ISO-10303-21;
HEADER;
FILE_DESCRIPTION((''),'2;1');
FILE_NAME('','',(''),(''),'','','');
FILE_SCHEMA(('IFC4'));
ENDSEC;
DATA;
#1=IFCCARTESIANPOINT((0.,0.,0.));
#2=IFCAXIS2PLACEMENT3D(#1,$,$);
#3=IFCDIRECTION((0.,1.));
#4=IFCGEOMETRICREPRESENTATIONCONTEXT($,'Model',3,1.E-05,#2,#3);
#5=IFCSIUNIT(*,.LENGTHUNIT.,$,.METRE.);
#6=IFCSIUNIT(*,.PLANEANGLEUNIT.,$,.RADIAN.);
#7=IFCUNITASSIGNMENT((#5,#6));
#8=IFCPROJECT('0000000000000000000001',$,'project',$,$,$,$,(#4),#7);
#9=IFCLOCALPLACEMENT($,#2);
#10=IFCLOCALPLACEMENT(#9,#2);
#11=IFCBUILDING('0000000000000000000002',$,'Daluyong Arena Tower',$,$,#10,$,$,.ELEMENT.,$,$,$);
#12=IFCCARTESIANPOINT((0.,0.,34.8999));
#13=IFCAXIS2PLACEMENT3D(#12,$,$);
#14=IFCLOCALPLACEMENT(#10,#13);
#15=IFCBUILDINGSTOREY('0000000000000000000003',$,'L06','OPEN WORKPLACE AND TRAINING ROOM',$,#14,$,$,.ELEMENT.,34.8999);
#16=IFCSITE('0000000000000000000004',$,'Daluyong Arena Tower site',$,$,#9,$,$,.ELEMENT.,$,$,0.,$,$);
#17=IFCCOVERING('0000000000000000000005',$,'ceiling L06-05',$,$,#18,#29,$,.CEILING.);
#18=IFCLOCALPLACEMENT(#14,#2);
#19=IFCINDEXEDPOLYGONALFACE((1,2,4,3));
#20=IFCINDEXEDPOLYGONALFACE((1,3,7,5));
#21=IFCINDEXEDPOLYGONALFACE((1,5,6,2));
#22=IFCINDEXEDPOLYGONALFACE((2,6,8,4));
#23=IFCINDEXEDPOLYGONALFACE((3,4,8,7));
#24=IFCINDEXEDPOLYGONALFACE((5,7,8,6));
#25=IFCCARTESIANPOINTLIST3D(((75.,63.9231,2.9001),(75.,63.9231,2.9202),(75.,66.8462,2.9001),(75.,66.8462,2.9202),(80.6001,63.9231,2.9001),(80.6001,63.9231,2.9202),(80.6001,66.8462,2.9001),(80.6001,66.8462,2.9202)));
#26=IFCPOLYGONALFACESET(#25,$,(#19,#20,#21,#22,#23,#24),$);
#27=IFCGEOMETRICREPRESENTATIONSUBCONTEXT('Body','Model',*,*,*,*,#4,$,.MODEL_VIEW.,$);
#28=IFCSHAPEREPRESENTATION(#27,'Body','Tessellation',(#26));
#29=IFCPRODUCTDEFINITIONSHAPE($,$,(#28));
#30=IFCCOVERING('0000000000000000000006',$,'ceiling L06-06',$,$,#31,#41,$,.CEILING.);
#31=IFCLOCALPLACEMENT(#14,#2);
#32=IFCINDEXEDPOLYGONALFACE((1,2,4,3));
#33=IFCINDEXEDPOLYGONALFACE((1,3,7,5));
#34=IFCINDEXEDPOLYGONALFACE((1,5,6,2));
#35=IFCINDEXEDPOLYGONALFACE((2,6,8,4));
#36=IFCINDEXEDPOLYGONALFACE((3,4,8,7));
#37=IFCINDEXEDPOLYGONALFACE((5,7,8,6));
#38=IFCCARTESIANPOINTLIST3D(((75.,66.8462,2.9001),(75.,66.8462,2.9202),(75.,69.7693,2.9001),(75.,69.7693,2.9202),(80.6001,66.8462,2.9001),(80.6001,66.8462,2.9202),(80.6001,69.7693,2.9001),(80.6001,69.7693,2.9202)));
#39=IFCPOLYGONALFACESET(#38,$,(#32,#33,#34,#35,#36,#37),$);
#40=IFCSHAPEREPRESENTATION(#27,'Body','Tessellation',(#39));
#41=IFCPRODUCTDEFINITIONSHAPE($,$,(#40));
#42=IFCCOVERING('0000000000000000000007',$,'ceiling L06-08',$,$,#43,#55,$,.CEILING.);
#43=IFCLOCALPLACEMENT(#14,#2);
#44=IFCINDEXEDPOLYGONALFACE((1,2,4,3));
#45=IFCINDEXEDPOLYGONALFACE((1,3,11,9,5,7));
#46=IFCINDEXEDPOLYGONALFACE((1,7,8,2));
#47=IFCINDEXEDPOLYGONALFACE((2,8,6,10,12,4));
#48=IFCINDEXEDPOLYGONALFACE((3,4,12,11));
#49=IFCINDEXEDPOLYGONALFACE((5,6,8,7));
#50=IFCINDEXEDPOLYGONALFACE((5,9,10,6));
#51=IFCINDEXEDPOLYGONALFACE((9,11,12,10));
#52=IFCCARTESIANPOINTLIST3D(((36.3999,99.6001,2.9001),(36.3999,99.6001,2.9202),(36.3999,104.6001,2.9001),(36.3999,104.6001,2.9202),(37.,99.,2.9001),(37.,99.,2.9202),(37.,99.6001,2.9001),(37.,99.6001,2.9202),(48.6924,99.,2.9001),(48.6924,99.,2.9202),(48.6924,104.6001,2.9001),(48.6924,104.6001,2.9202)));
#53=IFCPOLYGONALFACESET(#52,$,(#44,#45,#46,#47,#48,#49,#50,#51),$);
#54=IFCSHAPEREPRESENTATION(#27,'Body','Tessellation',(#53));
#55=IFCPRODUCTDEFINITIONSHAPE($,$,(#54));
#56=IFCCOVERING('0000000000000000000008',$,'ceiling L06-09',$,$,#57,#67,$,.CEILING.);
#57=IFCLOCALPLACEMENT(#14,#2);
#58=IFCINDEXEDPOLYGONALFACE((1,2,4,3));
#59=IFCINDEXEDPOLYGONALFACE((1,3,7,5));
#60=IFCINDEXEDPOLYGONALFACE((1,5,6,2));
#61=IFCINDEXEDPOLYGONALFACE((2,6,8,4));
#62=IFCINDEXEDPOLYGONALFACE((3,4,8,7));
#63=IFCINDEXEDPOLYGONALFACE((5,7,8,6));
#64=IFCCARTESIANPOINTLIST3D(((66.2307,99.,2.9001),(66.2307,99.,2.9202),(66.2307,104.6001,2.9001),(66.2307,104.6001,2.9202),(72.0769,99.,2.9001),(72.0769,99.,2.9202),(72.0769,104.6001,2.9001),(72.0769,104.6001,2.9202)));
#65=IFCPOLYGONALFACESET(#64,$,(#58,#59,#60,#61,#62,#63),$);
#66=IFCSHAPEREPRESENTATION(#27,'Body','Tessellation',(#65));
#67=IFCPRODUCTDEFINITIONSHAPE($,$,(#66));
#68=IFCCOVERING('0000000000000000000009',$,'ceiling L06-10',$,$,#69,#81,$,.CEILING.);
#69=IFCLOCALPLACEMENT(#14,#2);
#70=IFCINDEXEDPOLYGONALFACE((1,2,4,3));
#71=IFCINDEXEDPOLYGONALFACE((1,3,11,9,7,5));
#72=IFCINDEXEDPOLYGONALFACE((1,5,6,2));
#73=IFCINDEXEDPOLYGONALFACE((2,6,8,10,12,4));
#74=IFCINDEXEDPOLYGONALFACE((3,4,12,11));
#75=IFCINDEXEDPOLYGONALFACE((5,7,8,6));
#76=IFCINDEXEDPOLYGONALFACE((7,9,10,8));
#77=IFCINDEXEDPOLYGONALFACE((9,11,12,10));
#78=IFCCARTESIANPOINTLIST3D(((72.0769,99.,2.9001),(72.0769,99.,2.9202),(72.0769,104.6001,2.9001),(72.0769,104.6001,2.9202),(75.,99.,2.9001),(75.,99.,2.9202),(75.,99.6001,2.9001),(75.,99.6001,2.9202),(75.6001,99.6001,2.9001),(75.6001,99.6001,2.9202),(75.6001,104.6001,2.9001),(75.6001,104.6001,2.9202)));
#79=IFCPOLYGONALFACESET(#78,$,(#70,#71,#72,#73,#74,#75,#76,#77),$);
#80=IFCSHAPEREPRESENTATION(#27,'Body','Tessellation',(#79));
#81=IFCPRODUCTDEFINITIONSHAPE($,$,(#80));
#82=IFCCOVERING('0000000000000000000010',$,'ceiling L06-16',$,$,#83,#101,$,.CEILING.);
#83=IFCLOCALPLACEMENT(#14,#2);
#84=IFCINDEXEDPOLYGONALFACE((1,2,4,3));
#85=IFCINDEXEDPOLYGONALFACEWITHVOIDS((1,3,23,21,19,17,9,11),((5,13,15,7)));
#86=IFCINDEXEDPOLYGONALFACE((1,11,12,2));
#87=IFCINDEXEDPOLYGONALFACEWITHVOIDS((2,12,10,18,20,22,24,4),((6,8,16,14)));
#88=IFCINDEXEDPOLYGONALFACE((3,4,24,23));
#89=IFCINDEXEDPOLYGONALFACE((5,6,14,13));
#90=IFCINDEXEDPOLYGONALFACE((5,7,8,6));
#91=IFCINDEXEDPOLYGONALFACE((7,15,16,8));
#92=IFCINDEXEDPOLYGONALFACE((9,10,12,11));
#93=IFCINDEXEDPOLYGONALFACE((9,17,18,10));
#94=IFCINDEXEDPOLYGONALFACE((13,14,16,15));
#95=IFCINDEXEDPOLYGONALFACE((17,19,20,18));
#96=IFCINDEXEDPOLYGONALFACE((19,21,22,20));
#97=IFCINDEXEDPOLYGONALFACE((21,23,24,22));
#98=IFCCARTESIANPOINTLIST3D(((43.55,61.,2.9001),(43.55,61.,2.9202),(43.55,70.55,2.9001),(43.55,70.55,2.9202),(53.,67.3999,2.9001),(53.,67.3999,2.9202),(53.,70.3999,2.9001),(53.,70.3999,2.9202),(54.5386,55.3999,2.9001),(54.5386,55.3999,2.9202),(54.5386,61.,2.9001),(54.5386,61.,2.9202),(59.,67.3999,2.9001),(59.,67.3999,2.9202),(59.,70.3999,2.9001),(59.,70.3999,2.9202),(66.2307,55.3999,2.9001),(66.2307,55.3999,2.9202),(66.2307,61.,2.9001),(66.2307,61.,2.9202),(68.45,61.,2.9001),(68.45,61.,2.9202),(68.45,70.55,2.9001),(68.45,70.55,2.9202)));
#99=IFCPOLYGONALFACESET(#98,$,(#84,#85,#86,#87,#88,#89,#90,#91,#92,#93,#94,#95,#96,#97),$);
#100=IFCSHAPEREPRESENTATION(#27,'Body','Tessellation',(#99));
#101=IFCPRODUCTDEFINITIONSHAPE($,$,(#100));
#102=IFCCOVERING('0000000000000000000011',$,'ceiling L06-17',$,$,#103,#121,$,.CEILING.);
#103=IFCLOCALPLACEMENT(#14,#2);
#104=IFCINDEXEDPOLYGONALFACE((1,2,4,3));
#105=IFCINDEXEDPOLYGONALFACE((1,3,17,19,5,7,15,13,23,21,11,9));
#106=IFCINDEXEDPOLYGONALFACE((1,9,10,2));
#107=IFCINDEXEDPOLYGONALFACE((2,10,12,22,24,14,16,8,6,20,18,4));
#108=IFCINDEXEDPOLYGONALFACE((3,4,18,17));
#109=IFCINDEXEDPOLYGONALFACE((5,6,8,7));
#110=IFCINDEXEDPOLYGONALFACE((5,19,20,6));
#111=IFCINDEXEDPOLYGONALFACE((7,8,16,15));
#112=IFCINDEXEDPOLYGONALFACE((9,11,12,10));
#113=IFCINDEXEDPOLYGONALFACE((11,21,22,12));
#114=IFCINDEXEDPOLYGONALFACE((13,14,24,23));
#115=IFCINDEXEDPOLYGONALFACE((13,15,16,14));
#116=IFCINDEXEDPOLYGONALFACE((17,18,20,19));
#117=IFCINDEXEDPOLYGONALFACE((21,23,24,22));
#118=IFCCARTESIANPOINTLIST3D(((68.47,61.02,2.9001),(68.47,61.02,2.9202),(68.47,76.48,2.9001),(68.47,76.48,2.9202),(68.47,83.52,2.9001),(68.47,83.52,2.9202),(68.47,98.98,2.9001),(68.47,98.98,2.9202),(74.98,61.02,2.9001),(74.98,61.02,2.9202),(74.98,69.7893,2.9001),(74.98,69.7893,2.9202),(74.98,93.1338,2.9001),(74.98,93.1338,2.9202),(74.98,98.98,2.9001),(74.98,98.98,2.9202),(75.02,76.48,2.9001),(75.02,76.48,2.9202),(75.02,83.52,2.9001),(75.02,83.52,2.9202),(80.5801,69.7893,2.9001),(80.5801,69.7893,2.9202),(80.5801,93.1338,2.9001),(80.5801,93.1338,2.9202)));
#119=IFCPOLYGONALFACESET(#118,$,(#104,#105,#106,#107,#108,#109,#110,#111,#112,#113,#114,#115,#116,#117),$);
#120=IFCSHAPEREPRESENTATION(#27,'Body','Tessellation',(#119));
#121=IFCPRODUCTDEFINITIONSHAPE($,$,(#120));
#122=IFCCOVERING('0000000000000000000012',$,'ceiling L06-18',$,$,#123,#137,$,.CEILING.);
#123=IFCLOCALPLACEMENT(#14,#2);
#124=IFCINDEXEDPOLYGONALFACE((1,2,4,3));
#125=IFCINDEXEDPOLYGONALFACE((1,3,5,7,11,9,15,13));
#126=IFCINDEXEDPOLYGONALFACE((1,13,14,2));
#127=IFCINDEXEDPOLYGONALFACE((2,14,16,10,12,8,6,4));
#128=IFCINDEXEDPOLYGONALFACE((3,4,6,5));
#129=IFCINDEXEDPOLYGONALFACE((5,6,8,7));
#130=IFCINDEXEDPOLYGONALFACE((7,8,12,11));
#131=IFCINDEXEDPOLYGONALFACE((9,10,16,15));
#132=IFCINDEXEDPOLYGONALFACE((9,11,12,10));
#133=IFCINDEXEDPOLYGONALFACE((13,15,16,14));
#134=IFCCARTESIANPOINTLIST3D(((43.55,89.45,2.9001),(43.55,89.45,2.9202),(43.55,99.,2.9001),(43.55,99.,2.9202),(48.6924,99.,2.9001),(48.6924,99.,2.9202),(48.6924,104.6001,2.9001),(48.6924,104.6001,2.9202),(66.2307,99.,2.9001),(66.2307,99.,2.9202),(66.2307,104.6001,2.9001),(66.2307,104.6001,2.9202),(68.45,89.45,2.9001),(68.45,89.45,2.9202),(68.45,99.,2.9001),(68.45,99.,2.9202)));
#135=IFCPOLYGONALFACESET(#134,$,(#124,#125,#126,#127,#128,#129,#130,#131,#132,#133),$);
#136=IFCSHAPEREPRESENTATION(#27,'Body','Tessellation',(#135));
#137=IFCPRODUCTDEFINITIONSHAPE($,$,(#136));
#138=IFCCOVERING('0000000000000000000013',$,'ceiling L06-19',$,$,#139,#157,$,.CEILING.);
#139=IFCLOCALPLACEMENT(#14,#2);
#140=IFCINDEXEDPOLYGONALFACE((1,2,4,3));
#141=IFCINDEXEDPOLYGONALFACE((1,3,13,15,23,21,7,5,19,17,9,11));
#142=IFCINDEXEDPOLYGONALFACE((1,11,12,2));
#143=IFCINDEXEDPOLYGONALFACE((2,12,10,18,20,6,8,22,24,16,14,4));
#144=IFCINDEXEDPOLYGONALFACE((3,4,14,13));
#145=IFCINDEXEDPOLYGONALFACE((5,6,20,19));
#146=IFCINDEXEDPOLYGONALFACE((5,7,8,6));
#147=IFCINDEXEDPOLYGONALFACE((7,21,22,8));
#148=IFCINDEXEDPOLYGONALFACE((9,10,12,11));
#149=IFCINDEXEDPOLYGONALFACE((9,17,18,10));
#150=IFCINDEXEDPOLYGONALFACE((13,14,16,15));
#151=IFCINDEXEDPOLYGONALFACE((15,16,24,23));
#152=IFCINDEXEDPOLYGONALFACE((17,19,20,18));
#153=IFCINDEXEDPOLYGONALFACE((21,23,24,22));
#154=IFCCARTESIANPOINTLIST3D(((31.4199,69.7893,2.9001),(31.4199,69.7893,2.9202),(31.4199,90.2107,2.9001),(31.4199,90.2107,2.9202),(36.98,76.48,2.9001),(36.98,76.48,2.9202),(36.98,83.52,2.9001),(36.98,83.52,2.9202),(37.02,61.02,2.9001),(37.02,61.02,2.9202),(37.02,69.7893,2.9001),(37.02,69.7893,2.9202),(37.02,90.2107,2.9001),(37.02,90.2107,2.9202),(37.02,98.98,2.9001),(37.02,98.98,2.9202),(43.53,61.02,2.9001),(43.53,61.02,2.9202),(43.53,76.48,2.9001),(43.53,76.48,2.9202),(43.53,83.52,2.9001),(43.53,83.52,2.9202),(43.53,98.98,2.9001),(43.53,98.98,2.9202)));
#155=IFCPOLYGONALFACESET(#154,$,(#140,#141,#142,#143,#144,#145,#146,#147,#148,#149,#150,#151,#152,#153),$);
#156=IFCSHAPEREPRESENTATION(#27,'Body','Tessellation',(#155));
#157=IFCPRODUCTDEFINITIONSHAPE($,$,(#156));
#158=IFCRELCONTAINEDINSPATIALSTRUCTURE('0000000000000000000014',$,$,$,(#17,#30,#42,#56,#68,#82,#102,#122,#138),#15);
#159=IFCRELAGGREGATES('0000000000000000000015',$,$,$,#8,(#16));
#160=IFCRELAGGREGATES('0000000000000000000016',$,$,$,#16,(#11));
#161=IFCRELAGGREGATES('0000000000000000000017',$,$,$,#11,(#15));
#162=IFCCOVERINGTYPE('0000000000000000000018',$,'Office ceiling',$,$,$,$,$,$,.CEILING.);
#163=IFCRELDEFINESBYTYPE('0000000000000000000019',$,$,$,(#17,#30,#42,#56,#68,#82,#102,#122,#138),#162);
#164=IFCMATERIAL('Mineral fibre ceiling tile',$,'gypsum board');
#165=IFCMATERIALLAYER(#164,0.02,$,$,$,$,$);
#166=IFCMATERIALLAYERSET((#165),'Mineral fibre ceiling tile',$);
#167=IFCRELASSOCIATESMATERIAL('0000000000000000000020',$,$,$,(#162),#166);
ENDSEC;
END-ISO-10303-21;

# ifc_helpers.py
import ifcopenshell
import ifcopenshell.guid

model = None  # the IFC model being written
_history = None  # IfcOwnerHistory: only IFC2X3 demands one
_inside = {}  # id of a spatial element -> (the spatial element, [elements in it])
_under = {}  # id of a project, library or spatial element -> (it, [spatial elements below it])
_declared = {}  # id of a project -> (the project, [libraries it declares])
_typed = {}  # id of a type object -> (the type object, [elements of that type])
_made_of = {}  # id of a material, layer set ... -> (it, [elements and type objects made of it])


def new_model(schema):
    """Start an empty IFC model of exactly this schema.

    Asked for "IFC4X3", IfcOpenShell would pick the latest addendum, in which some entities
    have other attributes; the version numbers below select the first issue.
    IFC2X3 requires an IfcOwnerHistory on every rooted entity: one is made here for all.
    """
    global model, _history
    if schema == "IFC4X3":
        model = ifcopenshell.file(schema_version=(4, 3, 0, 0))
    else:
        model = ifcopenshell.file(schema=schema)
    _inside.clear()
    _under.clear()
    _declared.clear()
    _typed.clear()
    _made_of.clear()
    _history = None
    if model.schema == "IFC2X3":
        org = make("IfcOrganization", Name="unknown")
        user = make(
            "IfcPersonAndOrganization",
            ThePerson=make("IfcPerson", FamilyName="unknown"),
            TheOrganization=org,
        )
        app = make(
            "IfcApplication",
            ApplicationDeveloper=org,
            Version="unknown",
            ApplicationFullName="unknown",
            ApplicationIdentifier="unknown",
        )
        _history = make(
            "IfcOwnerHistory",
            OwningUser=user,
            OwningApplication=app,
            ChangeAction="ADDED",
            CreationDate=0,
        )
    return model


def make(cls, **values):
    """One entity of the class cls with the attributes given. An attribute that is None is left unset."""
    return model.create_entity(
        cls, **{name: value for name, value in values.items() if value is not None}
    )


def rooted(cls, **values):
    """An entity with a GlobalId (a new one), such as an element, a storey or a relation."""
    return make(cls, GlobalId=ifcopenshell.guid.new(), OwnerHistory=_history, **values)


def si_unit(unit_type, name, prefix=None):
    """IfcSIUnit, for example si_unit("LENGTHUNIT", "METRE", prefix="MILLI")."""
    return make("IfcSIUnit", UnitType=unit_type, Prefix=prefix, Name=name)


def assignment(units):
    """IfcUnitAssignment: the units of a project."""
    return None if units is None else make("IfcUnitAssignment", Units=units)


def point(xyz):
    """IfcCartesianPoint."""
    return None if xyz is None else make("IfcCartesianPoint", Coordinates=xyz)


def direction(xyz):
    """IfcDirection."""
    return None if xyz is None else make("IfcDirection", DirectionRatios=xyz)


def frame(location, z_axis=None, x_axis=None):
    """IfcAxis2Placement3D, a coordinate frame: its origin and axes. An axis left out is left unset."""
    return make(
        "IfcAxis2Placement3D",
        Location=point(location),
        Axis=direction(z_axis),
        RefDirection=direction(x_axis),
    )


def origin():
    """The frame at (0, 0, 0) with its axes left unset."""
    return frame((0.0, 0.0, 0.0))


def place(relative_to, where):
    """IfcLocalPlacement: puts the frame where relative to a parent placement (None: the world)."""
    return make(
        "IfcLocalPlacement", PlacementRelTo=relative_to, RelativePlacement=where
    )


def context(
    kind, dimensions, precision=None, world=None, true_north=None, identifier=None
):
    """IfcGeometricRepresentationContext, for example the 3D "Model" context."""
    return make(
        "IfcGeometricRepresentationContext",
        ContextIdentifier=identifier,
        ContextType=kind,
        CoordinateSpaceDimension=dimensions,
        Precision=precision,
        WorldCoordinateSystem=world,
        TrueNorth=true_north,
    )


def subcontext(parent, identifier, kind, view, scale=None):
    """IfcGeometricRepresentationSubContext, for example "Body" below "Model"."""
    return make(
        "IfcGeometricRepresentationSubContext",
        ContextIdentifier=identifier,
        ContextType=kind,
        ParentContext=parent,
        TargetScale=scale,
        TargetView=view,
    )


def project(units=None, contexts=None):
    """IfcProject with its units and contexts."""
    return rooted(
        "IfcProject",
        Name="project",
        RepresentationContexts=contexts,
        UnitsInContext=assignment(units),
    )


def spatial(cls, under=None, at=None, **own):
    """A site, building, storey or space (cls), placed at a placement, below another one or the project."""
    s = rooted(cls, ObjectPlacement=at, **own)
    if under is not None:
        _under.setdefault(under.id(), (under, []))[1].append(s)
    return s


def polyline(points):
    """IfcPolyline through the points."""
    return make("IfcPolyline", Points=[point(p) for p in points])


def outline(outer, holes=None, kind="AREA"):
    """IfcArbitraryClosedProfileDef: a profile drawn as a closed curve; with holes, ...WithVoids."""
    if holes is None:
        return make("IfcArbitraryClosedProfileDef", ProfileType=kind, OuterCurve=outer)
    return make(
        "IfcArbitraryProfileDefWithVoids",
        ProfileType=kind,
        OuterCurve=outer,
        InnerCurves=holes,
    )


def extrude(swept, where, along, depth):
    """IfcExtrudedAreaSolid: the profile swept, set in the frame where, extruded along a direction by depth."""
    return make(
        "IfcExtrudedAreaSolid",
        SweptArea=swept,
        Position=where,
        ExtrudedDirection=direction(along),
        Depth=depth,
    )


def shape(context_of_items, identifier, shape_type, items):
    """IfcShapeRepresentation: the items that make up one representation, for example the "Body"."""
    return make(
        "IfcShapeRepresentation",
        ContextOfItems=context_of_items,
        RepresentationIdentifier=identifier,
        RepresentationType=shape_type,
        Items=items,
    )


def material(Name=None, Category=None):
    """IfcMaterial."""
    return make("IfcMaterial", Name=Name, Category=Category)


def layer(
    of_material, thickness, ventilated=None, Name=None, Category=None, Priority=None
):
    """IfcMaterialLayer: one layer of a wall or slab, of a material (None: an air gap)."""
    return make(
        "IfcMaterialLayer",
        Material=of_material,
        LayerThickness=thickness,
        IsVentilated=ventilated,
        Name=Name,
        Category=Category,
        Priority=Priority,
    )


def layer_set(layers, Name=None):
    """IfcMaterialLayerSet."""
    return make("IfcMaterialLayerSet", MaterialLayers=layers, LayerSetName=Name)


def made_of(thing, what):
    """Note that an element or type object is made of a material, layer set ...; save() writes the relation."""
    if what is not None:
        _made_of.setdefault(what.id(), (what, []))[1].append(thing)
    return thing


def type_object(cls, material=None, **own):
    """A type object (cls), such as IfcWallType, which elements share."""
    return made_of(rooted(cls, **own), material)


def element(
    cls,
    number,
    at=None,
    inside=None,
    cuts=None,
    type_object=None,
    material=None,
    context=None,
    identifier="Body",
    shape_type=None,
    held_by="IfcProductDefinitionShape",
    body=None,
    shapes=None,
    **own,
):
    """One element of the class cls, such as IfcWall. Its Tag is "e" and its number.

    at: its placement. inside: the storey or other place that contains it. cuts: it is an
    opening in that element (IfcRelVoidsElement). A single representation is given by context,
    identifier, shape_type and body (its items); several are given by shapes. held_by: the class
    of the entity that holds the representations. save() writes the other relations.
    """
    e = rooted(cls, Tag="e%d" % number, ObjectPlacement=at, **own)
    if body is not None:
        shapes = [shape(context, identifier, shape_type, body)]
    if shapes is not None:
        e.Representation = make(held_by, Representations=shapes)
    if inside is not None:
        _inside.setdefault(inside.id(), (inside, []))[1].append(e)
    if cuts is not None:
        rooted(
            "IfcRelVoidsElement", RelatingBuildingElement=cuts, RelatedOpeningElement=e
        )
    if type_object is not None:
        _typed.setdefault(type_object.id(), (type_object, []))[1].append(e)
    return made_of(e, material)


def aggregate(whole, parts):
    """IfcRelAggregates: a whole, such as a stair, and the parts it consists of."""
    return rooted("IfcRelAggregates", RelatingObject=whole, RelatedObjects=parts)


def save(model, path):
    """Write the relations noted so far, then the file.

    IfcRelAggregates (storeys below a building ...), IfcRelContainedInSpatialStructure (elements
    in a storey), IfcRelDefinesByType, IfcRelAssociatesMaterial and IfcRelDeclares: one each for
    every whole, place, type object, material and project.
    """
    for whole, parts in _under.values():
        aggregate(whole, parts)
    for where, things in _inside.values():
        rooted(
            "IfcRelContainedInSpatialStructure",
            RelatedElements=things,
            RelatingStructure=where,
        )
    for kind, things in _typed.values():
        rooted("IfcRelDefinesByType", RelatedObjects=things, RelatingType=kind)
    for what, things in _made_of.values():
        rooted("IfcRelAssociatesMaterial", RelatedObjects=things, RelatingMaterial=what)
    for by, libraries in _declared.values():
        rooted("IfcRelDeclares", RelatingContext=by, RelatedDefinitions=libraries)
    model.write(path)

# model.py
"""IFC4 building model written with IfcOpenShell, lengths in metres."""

from ifc_helpers import new_model, si_unit, direction, frame, origin, place, context, subcontext, project, spatial, polyline, outline, extrude, material, layer, layer_set, type_object, element, save


model = new_model("IFC4")

# Units and contexts
model_context = context("Model", 3, precision=1e-05, world=origin(), true_north=direction((0.0, 1.0)))
body_context = subcontext(model_context, "Body", "Model", "MODEL_VIEW")
ifc_project = project(units=[si_unit("LENGTHUNIT", "METRE"), si_unit("PLANEANGLEUNIT", "RADIAN")], contexts=[model_context])

# Site, building, storey
site_placement = place(None, origin())
site = spatial("IfcSite", under=ifc_project, at=site_placement, Name="Daluyong Arena Tower site", CompositionType="ELEMENT", RefElevation=0.0)
building_placement = place(site_placement, origin())
building = spatial("IfcBuilding", under=site, at=building_placement, Name="Daluyong Arena Tower", CompositionType="ELEMENT")
storey_placement = place(building_placement, frame((0.0, 0.0, 34.8999)))
storey = spatial("IfcBuildingStorey", under=building, at=storey_placement, Name="L06", Description="OPEN WORKPLACE AND TRAINING ROOM", CompositionType="ELEMENT", Elevation=34.8999)

# Coverings
ifc_material_1 = material(Name="Mineral fibre ceiling tile", Category="gypsum board")
ifc_layer_1 = layer(ifc_material_1, 0.02)
ifc_layer_set_1 = layer_set([ifc_layer_1], Name="Mineral fibre ceiling tile")
covering_type = type_object("IfcCoveringType", Name="Office ceiling", PredefinedType="CEILING", material=ifc_layer_set_1)
covering_1_placement = place(storey_placement, frame((0.0, 0.0, 2.9001)))
element("IfcCovering", 1, at=covering_1_placement, inside=storey, type_object=covering_type, Name="ceiling L06-05", PredefinedType="CEILING", context=body_context, shape_type="SweptSolid", body=[
    extrude(outline(polyline([(75.0, 63.9231), (80.6001, 63.9231), (80.6001, 66.8462), (75.0, 66.8462), (75.0, 63.9231)])), origin(), (0.0, 0.0, 1.0), 0.02),
])
covering_2_placement = place(storey_placement, frame((0.0, 0.0, 2.9001)))
element("IfcCovering", 2, at=covering_2_placement, inside=storey, type_object=covering_type, Name="ceiling L06-06", PredefinedType="CEILING", context=body_context, shape_type="SweptSolid", body=[
    extrude(outline(polyline([(75.0, 66.8462), (80.6001, 66.8462), (80.6001, 69.7693), (75.0, 69.7693), (75.0, 66.8462)])), origin(), (0.0, 0.0, 1.0), 0.02),
])
covering_3_placement = place(storey_placement, frame((0.0, 0.0, 2.9001)))
element("IfcCovering", 3, at=covering_3_placement, inside=storey, type_object=covering_type, Name="ceiling L06-08", PredefinedType="CEILING", context=body_context, shape_type="SweptSolid", body=[
    extrude(outline(polyline([(48.6924, 99.0), (48.6924, 104.6001), (36.3999, 104.6001), (36.3999, 99.6001), (37.0, 99.6001), (37.0, 99.0), (48.6924, 99.0)])), origin(), (0.0, 0.0, 1.0), 0.02),
])
covering_4_placement = place(storey_placement, frame((0.0, 0.0, 2.9001)))
element("IfcCovering", 4, at=covering_4_placement, inside=storey, type_object=covering_type, Name="ceiling L06-09", PredefinedType="CEILING", context=body_context, shape_type="SweptSolid", body=[
    extrude(outline(polyline([(72.0769, 99.0), (72.0769, 104.6001), (66.2307, 104.6001), (66.2307, 99.0), (72.0769, 99.0)])), origin(), (0.0, 0.0, 1.0), 0.02),
])
covering_5_placement = place(storey_placement, frame((0.0, 0.0, 2.9001)))
element("IfcCovering", 5, at=covering_5_placement, inside=storey, type_object=covering_type, Name="ceiling L06-10", PredefinedType="CEILING", context=body_context, shape_type="SweptSolid", body=[
    extrude(outline(polyline([(72.0769, 99.0), (75.0, 99.0), (75.0, 99.6001), (75.6001, 99.6001), (75.6001, 104.6001), (72.0769, 104.6001), (72.0769, 99.0)])), origin(), (0.0, 0.0, 1.0), 0.02),
])
covering_6_placement = place(storey_placement, frame((0.0, 0.0, 2.9001)))
element("IfcCovering", 6, at=covering_6_placement, inside=storey, type_object=covering_type, Name="ceiling L06-16", PredefinedType="CEILING", context=body_context, shape_type="SweptSolid", body=[
    extrude(outline(polyline([(66.2307, 61.0), (68.45, 61.0), (68.45, 70.55), (43.55, 70.55), (43.55, 61.0), (54.5386, 61.0), (54.5386, 55.3999), (66.2307, 55.3999), (66.2307, 61.0)]), holes=[polyline([(59.0, 67.3999), (53.0, 67.3999), (53.0, 70.3999), (59.0, 70.3999), (59.0, 67.3999)])]), origin(), (0.0, 0.0, 1.0), 0.02),
])
covering_7_placement = place(storey_placement, frame((0.0, 0.0, 2.9001)))
element("IfcCovering", 7, at=covering_7_placement, inside=storey, type_object=covering_type, Name="ceiling L06-17", PredefinedType="CEILING", context=body_context, shape_type="SweptSolid", body=[
    extrude(outline(polyline([(80.5801, 93.1338), (74.98, 93.1338), (74.98, 98.98), (68.47, 98.98), (68.47, 83.52), (75.02, 83.52), (75.02, 76.48), (68.47, 76.48), (68.47, 61.02), (74.98, 61.02), (74.98, 69.7893), (80.5801, 69.7893), (80.5801, 93.1338)])), origin(), (0.0, 0.0, 1.0), 0.02),
])
covering_8_placement = place(storey_placement, frame((0.0, 0.0, 2.9001)))
element("IfcCovering", 8, at=covering_8_placement, inside=storey, type_object=covering_type, Name="ceiling L06-18", PredefinedType="CEILING", context=body_context, shape_type="SweptSolid", body=[
    extrude(outline(polyline([(48.6924, 99.0), (43.55, 99.0), (43.55, 89.45), (68.45, 89.45), (68.45, 99.0), (66.2307, 99.0), (66.2307, 104.6001), (48.6924, 104.6001), (48.6924, 99.0)])), origin(), (0.0, 0.0, 1.0), 0.02),
])
covering_9_placement = place(storey_placement, frame((0.0, 0.0, 2.9001)))
element("IfcCovering", 9, at=covering_9_placement, inside=storey, type_object=covering_type, Name="ceiling L06-19", PredefinedType="CEILING", context=body_context, shape_type="SweptSolid", body=[
    extrude(outline(polyline([(31.4199, 69.7893), (37.02, 69.7893), (37.02, 61.02), (43.53, 61.02), (43.53, 76.48), (36.98, 76.48), (36.98, 83.52), (43.53, 83.52), (43.53, 98.98), (37.02, 98.98), (37.02, 90.2107), (31.4199, 90.2107), (31.4199, 69.7893)])), origin(), (0.0, 0.0, 1.0), 0.02),
])

save(model, "model.ifc")
